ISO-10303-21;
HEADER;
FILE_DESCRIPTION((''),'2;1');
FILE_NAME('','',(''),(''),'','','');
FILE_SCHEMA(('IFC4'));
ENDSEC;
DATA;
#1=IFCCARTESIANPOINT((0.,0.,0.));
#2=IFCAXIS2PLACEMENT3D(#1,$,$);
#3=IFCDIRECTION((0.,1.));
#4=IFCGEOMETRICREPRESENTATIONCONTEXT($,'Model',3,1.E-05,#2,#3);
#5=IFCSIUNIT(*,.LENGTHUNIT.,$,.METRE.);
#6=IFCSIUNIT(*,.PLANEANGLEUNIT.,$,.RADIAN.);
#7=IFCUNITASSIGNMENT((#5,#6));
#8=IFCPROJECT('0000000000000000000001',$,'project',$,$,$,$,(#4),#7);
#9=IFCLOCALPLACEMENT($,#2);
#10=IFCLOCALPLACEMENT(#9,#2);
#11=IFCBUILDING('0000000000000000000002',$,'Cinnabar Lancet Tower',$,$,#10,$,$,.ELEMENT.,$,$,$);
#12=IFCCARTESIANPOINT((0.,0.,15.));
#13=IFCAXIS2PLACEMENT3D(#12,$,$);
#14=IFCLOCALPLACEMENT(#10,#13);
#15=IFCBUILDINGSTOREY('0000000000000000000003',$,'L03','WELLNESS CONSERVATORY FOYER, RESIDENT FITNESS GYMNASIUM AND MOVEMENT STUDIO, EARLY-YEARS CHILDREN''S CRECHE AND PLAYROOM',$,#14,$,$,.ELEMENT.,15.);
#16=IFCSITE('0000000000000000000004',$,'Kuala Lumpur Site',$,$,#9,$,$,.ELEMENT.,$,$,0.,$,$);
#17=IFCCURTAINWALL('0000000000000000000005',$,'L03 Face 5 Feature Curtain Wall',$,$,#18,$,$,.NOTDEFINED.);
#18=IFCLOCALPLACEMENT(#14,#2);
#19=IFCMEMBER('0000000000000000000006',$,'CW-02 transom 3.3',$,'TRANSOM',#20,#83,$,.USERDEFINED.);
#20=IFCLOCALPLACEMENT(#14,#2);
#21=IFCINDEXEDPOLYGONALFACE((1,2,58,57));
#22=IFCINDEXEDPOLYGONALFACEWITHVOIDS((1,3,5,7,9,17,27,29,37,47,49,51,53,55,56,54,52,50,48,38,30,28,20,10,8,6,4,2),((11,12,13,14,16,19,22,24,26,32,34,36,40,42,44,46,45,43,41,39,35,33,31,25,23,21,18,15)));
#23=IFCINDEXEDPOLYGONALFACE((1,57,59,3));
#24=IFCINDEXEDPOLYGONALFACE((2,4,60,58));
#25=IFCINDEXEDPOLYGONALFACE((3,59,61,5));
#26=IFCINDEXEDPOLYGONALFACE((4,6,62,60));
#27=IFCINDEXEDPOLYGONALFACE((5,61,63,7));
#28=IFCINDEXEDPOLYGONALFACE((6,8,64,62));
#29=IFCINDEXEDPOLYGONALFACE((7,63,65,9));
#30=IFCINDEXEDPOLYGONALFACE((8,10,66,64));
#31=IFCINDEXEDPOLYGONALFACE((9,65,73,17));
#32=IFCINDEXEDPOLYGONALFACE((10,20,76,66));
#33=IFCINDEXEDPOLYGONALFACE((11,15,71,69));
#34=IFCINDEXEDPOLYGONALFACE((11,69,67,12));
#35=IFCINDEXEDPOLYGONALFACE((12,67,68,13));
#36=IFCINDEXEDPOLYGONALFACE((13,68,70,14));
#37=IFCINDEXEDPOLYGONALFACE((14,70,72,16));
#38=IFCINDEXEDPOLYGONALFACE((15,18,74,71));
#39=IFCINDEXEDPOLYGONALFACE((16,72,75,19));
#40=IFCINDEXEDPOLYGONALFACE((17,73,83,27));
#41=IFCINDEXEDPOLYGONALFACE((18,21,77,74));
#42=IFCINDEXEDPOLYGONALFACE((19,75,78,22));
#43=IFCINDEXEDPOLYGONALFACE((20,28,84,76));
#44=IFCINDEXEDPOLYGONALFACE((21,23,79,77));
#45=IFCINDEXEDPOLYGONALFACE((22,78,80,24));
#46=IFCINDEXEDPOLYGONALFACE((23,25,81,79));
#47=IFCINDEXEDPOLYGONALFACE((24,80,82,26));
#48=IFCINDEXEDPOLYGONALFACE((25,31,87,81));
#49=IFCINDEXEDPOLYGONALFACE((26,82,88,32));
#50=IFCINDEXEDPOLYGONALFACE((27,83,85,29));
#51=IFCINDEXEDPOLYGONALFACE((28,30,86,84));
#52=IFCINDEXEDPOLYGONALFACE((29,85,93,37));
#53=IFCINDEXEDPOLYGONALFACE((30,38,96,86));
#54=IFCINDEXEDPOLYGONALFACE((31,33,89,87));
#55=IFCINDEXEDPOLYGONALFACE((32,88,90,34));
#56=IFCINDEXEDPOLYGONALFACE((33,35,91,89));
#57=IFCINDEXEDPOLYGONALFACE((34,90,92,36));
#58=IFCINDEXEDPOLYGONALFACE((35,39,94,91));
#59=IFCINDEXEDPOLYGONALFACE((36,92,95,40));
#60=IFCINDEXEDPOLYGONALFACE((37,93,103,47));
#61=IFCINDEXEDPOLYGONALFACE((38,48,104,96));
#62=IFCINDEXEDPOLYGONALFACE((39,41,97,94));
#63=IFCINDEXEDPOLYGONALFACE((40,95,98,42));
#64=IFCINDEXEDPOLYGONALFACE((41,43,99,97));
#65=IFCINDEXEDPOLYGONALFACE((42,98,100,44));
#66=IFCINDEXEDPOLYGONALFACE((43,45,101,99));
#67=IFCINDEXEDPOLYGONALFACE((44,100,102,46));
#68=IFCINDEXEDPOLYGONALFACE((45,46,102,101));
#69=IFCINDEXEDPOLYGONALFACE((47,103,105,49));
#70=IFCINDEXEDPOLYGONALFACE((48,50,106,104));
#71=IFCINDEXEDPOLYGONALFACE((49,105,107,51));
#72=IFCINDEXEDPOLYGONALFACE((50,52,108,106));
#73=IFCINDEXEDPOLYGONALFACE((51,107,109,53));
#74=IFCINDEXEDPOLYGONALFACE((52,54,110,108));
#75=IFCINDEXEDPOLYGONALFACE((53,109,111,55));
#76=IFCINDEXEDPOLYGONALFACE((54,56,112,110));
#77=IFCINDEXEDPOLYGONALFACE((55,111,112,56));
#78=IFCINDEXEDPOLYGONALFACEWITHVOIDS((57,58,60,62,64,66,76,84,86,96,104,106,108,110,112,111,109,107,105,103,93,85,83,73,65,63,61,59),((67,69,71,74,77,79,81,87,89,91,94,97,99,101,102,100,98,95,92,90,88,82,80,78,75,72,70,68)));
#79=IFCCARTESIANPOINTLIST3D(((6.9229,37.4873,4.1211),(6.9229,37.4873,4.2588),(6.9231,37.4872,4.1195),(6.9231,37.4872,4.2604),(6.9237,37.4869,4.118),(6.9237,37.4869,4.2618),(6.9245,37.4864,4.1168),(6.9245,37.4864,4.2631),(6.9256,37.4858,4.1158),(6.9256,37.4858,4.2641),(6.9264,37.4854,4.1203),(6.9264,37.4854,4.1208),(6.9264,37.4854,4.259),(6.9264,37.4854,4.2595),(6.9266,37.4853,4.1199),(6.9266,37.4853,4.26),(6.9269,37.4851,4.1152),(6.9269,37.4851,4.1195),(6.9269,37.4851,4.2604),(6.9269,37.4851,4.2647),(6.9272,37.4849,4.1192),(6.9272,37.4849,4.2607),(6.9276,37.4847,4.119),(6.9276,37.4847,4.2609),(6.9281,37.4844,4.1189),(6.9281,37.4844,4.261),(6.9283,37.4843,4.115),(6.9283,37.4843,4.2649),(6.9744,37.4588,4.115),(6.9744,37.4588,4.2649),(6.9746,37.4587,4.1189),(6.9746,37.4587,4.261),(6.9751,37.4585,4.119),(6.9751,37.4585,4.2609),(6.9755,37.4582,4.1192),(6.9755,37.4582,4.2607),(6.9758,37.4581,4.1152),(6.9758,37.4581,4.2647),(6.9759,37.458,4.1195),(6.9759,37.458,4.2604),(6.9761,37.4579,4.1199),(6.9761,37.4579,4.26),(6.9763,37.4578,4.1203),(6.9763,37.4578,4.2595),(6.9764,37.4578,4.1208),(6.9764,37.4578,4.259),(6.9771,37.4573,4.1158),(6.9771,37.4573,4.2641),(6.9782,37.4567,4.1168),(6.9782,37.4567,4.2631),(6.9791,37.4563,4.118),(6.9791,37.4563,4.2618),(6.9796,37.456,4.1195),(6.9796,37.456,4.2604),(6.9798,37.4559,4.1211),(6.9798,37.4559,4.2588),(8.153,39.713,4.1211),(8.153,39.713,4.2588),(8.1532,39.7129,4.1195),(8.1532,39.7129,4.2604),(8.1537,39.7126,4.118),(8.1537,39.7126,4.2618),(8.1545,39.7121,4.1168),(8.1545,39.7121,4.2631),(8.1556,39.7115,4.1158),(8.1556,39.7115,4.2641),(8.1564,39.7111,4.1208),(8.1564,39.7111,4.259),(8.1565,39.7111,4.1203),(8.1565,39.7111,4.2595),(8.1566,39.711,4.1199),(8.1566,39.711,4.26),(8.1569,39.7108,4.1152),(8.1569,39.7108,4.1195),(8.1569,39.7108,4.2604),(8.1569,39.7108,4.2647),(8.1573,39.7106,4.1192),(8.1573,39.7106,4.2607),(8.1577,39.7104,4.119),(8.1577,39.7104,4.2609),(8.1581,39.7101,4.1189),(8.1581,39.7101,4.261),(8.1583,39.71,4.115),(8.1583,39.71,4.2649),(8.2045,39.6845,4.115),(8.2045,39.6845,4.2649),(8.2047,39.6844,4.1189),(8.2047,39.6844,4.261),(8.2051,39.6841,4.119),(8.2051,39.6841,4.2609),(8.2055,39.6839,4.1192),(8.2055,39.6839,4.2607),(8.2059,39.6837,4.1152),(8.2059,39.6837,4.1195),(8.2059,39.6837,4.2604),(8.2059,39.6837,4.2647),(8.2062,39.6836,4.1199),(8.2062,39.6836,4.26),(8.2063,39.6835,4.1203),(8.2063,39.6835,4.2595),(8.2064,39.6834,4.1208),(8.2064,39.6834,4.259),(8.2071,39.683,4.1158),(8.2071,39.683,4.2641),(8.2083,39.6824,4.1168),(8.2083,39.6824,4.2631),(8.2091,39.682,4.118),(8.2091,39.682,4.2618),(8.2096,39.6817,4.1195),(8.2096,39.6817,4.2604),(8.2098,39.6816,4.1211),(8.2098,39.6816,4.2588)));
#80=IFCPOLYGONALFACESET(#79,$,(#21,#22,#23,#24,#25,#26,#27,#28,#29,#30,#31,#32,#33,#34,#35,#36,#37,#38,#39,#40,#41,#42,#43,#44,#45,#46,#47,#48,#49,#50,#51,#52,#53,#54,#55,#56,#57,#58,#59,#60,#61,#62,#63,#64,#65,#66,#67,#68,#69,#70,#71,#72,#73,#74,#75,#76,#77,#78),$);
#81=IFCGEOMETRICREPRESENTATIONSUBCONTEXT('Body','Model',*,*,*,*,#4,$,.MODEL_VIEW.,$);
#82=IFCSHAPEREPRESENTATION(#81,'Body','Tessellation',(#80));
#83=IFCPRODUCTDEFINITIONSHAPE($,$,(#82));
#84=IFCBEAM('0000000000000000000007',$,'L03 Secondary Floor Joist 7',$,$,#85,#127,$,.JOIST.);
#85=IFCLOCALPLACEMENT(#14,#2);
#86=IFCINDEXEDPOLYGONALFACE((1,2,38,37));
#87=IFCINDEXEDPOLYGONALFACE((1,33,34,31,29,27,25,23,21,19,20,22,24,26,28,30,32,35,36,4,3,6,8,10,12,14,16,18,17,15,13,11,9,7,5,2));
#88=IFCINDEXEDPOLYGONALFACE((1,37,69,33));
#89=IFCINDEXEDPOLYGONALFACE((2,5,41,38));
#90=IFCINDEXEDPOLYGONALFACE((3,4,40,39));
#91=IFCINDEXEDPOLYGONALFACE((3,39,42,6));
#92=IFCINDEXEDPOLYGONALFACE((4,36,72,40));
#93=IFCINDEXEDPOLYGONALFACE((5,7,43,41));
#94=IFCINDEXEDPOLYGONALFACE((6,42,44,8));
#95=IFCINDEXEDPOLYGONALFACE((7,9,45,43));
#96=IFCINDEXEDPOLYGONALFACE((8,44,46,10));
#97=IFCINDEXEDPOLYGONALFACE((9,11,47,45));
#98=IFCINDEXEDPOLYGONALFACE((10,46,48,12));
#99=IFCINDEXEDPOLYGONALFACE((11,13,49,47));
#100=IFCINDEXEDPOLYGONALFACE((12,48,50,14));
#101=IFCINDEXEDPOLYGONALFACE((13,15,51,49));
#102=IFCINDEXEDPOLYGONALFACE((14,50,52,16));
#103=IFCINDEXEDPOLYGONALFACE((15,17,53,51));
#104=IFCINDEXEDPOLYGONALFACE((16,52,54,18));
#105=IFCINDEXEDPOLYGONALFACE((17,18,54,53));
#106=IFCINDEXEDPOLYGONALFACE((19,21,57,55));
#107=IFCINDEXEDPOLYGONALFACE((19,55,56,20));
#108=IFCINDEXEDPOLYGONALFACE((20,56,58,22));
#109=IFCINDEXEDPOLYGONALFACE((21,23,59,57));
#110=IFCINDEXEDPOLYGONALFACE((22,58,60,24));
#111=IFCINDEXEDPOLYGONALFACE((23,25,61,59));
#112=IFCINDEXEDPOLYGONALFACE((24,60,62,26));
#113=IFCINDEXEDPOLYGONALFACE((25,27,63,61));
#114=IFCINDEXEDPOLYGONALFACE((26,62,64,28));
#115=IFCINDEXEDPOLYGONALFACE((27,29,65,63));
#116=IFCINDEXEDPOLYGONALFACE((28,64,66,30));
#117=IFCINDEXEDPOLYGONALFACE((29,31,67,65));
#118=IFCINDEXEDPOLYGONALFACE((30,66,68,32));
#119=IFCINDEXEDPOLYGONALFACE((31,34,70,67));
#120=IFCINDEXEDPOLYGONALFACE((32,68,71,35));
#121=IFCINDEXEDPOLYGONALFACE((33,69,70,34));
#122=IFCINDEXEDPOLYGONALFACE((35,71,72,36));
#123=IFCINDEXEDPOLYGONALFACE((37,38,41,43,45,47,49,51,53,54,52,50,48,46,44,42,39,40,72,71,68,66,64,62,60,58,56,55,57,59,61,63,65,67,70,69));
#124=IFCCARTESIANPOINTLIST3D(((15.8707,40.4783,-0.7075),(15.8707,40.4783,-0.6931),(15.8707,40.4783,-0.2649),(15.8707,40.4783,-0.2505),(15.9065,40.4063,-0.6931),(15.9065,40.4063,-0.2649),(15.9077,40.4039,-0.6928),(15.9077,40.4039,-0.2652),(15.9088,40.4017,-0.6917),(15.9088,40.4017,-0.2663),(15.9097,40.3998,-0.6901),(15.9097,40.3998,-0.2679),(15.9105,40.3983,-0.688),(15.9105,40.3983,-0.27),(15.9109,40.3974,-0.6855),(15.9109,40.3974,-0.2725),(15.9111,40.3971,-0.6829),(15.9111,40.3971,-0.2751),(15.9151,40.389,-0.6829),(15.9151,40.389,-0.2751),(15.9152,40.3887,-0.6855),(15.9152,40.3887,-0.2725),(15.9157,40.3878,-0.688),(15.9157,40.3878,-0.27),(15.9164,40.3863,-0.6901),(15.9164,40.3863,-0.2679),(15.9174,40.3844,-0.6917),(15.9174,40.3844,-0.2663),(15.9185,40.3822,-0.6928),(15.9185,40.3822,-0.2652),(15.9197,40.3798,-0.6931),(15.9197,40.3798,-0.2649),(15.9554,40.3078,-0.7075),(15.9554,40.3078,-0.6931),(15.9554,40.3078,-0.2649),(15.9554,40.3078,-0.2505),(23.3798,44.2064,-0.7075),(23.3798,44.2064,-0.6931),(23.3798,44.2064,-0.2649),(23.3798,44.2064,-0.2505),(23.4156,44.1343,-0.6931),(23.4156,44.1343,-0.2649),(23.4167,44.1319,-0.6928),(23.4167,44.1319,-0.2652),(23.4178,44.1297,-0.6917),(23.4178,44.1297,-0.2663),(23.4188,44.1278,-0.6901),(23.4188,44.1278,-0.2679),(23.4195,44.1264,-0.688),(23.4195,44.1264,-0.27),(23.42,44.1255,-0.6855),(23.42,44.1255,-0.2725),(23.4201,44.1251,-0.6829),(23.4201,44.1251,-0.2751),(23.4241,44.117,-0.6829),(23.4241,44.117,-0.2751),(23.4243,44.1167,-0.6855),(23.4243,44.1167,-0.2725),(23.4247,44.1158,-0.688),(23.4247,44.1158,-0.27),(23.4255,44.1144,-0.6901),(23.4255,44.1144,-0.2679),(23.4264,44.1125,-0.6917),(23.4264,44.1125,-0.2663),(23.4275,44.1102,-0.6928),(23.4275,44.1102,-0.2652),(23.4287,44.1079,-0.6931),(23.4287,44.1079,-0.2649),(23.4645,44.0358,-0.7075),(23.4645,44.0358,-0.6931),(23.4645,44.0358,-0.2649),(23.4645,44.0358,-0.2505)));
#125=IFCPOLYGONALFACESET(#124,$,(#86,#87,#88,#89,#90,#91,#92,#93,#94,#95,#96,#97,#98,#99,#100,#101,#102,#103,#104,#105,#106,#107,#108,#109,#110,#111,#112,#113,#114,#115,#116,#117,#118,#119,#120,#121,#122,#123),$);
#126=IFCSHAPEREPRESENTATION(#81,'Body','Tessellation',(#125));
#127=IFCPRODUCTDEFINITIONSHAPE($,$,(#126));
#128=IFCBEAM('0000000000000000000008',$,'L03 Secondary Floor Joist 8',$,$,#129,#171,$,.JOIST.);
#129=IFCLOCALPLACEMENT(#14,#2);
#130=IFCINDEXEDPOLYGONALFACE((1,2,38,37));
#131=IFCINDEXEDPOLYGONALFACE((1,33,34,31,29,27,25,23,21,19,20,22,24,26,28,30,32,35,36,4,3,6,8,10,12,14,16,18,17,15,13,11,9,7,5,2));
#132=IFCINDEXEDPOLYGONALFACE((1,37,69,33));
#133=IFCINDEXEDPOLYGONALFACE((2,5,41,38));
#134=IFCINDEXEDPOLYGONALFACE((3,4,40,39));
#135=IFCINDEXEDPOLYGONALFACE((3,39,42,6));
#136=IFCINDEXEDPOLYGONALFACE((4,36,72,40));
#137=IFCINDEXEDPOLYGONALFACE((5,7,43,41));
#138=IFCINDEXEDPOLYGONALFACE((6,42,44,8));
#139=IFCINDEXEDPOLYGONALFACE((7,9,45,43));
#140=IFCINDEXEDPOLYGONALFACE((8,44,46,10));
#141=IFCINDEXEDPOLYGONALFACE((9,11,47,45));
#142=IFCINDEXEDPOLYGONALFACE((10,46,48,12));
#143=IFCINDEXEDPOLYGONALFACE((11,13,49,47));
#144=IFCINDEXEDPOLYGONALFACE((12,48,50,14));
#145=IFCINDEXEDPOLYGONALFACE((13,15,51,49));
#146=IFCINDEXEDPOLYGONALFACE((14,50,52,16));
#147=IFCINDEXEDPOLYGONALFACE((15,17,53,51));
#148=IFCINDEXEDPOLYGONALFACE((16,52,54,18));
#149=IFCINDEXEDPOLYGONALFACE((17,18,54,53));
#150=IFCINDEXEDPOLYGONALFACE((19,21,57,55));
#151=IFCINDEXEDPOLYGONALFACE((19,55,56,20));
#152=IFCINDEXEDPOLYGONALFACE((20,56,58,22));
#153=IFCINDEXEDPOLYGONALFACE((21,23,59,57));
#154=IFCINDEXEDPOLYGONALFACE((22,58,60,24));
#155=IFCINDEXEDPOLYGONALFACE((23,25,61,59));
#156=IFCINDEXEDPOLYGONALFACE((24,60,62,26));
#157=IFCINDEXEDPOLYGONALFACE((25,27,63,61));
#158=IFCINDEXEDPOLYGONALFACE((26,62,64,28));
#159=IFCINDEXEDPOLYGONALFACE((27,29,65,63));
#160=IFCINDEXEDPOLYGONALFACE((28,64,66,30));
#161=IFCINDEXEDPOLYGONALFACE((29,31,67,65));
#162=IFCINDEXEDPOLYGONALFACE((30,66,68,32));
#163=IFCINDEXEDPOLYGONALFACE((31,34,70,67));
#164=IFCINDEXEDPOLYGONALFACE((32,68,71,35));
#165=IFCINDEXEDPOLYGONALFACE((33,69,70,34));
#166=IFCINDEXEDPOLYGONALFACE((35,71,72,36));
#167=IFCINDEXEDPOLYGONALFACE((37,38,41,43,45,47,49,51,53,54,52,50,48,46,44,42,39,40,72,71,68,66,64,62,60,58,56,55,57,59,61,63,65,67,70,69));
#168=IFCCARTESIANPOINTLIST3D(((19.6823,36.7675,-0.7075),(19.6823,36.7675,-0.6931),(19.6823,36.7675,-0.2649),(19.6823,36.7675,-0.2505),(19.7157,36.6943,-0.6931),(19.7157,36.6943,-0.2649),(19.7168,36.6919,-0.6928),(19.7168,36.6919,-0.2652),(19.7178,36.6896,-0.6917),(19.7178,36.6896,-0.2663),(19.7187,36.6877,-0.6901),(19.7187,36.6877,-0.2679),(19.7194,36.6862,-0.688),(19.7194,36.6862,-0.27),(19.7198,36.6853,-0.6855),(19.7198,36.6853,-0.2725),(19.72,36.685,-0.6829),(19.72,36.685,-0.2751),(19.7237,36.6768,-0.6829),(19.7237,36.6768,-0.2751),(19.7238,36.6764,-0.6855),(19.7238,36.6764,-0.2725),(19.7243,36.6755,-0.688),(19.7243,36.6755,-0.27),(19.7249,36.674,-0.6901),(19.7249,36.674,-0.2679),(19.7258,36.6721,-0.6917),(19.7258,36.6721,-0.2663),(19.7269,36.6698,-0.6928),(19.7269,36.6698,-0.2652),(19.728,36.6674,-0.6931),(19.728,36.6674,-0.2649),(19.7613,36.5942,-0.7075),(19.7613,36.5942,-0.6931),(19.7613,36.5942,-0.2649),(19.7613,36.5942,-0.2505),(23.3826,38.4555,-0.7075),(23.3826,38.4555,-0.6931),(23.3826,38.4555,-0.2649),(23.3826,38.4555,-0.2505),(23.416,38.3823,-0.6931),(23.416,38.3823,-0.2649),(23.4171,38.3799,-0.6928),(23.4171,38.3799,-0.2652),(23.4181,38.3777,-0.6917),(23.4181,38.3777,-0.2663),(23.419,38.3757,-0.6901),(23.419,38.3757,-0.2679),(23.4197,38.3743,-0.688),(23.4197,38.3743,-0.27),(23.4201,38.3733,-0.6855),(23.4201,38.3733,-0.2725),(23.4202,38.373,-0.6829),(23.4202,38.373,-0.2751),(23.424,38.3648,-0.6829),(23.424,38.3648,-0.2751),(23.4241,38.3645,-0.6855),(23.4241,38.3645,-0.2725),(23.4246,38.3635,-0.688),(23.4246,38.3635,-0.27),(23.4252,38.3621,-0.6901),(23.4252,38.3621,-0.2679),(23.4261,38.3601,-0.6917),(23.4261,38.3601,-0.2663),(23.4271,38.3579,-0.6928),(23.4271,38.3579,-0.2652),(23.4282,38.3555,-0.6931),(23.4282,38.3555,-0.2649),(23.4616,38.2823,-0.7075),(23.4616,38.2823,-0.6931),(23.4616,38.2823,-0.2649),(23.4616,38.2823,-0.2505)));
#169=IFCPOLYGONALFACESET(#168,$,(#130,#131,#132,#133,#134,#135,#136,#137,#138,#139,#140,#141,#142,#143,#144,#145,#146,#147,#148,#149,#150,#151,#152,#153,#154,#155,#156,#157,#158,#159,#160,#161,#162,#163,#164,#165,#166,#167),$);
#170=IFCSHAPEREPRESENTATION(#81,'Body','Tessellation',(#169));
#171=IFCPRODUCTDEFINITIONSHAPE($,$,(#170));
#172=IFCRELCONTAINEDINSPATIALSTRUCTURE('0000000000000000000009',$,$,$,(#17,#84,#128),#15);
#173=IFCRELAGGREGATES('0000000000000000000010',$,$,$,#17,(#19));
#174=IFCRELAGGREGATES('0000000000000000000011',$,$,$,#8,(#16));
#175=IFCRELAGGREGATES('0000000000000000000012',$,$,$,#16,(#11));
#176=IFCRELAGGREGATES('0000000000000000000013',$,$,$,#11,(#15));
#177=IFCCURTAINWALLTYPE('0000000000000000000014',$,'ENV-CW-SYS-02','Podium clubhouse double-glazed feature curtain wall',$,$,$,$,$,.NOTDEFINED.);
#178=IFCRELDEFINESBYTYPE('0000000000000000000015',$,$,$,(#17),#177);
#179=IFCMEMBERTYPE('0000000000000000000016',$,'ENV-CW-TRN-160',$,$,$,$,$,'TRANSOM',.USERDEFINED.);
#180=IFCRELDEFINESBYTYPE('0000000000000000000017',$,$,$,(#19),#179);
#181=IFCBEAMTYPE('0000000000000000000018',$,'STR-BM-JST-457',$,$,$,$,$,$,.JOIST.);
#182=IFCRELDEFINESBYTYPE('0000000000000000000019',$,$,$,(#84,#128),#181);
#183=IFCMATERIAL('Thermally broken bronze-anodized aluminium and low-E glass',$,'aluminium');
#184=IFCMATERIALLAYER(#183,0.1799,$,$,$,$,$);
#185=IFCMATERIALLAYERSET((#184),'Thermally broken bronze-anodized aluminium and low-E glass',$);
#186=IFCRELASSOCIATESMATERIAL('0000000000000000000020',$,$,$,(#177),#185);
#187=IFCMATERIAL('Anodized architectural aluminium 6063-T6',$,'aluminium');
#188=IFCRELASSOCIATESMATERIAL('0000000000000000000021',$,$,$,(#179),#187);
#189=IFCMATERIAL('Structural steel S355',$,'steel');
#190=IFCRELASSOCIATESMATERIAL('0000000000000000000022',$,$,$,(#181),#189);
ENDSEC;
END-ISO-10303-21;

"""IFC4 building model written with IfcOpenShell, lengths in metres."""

from ifc_helpers import new_model, si_unit, direction, frame, origin, origin_2d, place, context, subcontext, project, spatial, hollow_rectangle, i_section, extrude, material, layer, layer_set, material_profile, profile_set, type_object, element, aggregate, save


model = new_model("IFC4")

# Units and contexts
model_context = context("Model", 3, precision=1e-05, world=origin(), true_north=direction((0.0, 1.0)))
body_context = subcontext(model_context, "Body", "Model", "MODEL_VIEW")
ifc_project = project(units=[si_unit("LENGTHUNIT", "METRE"), si_unit("PLANEANGLEUNIT", "RADIAN")], contexts=[model_context])

# Site, building, storey
site_placement = place(None, origin())
site = spatial("IfcSite", under=ifc_project, at=site_placement, Name="Kuala Lumpur Site", CompositionType="ELEMENT", RefElevation=0.0)
building_placement = place(site_placement, origin())
building = spatial("IfcBuilding", under=site, at=building_placement, Name="Cinnabar Lancet Tower", CompositionType="ELEMENT")
storey_placement = place(building_placement, frame((0.0, 0.0, 15.0)))
storey = spatial("IfcBuildingStorey", under=building, at=storey_placement, Name="L03", Description="WELLNESS CONSERVATORY FOYER, RESIDENT FITNESS GYMNASIUM AND MOVEMENT STUDIO, EARLY-YEARS CHILDREN'S CRECHE AND PLAYROOM", CompositionType="ELEMENT", Elevation=15.0)

# Curtain wall, member
ifc_material_1 = material(Name="Thermally broken bronze-anodized aluminium and low-E glass", Category="aluminium")
ifc_layer_1 = layer(ifc_material_1, 0.1799)
ifc_layer_set_1 = layer_set([ifc_layer_1], Name="Thermally broken bronze-anodized aluminium and low-E glass")
curtain_wall_type = type_object("IfcCurtainWallType", Name="ENV-CW-SYS-02", Description="Podium clubhouse double-glazed feature curtain wall", PredefinedType="NOTDEFINED", material=ifc_layer_set_1)
curtain_wall_placement = place(storey_placement, origin())
curtain_wall = element("IfcCurtainWall", 1, at=curtain_wall_placement, inside=storey, type_object=curtain_wall_type, Name="L03 Face 5 Feature Curtain Wall", PredefinedType="NOTDEFINED")
ifc_material_2 = material(Name="Anodized architectural aluminium 6063-T6", Category="aluminium")
ifc_material_profile_1 = material_profile(ifc_material_2, hollow_rectangle(XDim=0.0649, YDim=0.1499, WallThickness=0.0039, InnerFilletRadius=0.002, OuterFilletRadius=0.0061, at=origin_2d()), Name="CW-TRN 150x65x4")
ifc_profile_set_1 = profile_set([ifc_material_profile_1], Name="Anodized architectural aluminium 6063-T6")
member_type_1 = type_object("IfcMemberType", Name="ENV-CW-TRN-160", ElementType="TRANSOM", PredefinedType="USERDEFINED", material=ifc_profile_set_1)
member_1_placement = place(storey_placement, frame((8.1814, 39.6973, 4.1899), z_axis=(-0.483702, -0.875233, 0.0), x_axis=(0.875233, -0.483702, 0.0)))
member_1 = element("IfcMember", 2, at=member_1_placement, type_object=member_type_1, Name="CW-02 transom 3.3", ObjectType="TRANSOM", PredefinedType="USERDEFINED", context=body_context, shape_type="SweptSolid", body=[
    extrude(hollow_rectangle(XDim=0.0649, YDim=0.1499, WallThickness=0.0039, InnerFilletRadius=0.002, OuterFilletRadius=0.0061, at=origin_2d()), origin(), (0.0, 0.0, 1.0), 2.543),
])

# Beams
ifc_material_3 = material(Name="Structural steel S355", Category="steel")
ifc_material_profile_2 = material_profile(ifc_material_3, i_section(OverallWidth=0.1904, OverallDepth=0.457, WebThickness=0.009, FlangeThickness=0.0144, FilletRadius=0.0103, at=origin_2d()), Name="UKB 457x191x74")
ifc_profile_set_2 = profile_set([ifc_material_profile_2], Name="Structural steel S355")
beam_type_1 = type_object("IfcBeamType", Name="STR-BM-JST-457", PredefinedType="JOIST", material=ifc_profile_set_2)
beam_1_placement = place(storey_placement, frame((23.4221, 44.1211, -0.479), z_axis=(-0.895687, -0.444684, 0.0), x_axis=(0.444684, -0.895687, 0.0)))
element("IfcBeam", 3, at=beam_1_placement, inside=storey, type_object=beam_type_1, Name="L03 Secondary Floor Joist 7", PredefinedType="JOIST", context=body_context, shape_type="SweptSolid", body=[
    extrude(i_section(OverallWidth=0.1904, OverallDepth=0.457, WebThickness=0.009, FlangeThickness=0.0144, FilletRadius=0.0103, at=origin_2d()), origin(), (0.0, 0.0, 1.0), 8.3835),
])
beam_2_placement = place(storey_placement, frame((23.4221, 38.3689, -0.479), z_axis=(-0.909802, -0.415042, 0.0), x_axis=(0.415042, -0.909802, 0.0)))
element("IfcBeam", 4, at=beam_2_placement, inside=storey, type_object=beam_type_1, Name="L03 Secondary Floor Joist 8", PredefinedType="JOIST", context=body_context, shape_type="SweptSolid", body=[
    extrude(i_section(OverallWidth=0.1904, OverallDepth=0.457, WebThickness=0.009, FlangeThickness=0.0144, FilletRadius=0.0103, at=origin_2d()), origin(), (0.0, 0.0, 1.0), 4.0671),
])

aggregate(curtain_wall, [member_1])

save(model, "model.ifc")
